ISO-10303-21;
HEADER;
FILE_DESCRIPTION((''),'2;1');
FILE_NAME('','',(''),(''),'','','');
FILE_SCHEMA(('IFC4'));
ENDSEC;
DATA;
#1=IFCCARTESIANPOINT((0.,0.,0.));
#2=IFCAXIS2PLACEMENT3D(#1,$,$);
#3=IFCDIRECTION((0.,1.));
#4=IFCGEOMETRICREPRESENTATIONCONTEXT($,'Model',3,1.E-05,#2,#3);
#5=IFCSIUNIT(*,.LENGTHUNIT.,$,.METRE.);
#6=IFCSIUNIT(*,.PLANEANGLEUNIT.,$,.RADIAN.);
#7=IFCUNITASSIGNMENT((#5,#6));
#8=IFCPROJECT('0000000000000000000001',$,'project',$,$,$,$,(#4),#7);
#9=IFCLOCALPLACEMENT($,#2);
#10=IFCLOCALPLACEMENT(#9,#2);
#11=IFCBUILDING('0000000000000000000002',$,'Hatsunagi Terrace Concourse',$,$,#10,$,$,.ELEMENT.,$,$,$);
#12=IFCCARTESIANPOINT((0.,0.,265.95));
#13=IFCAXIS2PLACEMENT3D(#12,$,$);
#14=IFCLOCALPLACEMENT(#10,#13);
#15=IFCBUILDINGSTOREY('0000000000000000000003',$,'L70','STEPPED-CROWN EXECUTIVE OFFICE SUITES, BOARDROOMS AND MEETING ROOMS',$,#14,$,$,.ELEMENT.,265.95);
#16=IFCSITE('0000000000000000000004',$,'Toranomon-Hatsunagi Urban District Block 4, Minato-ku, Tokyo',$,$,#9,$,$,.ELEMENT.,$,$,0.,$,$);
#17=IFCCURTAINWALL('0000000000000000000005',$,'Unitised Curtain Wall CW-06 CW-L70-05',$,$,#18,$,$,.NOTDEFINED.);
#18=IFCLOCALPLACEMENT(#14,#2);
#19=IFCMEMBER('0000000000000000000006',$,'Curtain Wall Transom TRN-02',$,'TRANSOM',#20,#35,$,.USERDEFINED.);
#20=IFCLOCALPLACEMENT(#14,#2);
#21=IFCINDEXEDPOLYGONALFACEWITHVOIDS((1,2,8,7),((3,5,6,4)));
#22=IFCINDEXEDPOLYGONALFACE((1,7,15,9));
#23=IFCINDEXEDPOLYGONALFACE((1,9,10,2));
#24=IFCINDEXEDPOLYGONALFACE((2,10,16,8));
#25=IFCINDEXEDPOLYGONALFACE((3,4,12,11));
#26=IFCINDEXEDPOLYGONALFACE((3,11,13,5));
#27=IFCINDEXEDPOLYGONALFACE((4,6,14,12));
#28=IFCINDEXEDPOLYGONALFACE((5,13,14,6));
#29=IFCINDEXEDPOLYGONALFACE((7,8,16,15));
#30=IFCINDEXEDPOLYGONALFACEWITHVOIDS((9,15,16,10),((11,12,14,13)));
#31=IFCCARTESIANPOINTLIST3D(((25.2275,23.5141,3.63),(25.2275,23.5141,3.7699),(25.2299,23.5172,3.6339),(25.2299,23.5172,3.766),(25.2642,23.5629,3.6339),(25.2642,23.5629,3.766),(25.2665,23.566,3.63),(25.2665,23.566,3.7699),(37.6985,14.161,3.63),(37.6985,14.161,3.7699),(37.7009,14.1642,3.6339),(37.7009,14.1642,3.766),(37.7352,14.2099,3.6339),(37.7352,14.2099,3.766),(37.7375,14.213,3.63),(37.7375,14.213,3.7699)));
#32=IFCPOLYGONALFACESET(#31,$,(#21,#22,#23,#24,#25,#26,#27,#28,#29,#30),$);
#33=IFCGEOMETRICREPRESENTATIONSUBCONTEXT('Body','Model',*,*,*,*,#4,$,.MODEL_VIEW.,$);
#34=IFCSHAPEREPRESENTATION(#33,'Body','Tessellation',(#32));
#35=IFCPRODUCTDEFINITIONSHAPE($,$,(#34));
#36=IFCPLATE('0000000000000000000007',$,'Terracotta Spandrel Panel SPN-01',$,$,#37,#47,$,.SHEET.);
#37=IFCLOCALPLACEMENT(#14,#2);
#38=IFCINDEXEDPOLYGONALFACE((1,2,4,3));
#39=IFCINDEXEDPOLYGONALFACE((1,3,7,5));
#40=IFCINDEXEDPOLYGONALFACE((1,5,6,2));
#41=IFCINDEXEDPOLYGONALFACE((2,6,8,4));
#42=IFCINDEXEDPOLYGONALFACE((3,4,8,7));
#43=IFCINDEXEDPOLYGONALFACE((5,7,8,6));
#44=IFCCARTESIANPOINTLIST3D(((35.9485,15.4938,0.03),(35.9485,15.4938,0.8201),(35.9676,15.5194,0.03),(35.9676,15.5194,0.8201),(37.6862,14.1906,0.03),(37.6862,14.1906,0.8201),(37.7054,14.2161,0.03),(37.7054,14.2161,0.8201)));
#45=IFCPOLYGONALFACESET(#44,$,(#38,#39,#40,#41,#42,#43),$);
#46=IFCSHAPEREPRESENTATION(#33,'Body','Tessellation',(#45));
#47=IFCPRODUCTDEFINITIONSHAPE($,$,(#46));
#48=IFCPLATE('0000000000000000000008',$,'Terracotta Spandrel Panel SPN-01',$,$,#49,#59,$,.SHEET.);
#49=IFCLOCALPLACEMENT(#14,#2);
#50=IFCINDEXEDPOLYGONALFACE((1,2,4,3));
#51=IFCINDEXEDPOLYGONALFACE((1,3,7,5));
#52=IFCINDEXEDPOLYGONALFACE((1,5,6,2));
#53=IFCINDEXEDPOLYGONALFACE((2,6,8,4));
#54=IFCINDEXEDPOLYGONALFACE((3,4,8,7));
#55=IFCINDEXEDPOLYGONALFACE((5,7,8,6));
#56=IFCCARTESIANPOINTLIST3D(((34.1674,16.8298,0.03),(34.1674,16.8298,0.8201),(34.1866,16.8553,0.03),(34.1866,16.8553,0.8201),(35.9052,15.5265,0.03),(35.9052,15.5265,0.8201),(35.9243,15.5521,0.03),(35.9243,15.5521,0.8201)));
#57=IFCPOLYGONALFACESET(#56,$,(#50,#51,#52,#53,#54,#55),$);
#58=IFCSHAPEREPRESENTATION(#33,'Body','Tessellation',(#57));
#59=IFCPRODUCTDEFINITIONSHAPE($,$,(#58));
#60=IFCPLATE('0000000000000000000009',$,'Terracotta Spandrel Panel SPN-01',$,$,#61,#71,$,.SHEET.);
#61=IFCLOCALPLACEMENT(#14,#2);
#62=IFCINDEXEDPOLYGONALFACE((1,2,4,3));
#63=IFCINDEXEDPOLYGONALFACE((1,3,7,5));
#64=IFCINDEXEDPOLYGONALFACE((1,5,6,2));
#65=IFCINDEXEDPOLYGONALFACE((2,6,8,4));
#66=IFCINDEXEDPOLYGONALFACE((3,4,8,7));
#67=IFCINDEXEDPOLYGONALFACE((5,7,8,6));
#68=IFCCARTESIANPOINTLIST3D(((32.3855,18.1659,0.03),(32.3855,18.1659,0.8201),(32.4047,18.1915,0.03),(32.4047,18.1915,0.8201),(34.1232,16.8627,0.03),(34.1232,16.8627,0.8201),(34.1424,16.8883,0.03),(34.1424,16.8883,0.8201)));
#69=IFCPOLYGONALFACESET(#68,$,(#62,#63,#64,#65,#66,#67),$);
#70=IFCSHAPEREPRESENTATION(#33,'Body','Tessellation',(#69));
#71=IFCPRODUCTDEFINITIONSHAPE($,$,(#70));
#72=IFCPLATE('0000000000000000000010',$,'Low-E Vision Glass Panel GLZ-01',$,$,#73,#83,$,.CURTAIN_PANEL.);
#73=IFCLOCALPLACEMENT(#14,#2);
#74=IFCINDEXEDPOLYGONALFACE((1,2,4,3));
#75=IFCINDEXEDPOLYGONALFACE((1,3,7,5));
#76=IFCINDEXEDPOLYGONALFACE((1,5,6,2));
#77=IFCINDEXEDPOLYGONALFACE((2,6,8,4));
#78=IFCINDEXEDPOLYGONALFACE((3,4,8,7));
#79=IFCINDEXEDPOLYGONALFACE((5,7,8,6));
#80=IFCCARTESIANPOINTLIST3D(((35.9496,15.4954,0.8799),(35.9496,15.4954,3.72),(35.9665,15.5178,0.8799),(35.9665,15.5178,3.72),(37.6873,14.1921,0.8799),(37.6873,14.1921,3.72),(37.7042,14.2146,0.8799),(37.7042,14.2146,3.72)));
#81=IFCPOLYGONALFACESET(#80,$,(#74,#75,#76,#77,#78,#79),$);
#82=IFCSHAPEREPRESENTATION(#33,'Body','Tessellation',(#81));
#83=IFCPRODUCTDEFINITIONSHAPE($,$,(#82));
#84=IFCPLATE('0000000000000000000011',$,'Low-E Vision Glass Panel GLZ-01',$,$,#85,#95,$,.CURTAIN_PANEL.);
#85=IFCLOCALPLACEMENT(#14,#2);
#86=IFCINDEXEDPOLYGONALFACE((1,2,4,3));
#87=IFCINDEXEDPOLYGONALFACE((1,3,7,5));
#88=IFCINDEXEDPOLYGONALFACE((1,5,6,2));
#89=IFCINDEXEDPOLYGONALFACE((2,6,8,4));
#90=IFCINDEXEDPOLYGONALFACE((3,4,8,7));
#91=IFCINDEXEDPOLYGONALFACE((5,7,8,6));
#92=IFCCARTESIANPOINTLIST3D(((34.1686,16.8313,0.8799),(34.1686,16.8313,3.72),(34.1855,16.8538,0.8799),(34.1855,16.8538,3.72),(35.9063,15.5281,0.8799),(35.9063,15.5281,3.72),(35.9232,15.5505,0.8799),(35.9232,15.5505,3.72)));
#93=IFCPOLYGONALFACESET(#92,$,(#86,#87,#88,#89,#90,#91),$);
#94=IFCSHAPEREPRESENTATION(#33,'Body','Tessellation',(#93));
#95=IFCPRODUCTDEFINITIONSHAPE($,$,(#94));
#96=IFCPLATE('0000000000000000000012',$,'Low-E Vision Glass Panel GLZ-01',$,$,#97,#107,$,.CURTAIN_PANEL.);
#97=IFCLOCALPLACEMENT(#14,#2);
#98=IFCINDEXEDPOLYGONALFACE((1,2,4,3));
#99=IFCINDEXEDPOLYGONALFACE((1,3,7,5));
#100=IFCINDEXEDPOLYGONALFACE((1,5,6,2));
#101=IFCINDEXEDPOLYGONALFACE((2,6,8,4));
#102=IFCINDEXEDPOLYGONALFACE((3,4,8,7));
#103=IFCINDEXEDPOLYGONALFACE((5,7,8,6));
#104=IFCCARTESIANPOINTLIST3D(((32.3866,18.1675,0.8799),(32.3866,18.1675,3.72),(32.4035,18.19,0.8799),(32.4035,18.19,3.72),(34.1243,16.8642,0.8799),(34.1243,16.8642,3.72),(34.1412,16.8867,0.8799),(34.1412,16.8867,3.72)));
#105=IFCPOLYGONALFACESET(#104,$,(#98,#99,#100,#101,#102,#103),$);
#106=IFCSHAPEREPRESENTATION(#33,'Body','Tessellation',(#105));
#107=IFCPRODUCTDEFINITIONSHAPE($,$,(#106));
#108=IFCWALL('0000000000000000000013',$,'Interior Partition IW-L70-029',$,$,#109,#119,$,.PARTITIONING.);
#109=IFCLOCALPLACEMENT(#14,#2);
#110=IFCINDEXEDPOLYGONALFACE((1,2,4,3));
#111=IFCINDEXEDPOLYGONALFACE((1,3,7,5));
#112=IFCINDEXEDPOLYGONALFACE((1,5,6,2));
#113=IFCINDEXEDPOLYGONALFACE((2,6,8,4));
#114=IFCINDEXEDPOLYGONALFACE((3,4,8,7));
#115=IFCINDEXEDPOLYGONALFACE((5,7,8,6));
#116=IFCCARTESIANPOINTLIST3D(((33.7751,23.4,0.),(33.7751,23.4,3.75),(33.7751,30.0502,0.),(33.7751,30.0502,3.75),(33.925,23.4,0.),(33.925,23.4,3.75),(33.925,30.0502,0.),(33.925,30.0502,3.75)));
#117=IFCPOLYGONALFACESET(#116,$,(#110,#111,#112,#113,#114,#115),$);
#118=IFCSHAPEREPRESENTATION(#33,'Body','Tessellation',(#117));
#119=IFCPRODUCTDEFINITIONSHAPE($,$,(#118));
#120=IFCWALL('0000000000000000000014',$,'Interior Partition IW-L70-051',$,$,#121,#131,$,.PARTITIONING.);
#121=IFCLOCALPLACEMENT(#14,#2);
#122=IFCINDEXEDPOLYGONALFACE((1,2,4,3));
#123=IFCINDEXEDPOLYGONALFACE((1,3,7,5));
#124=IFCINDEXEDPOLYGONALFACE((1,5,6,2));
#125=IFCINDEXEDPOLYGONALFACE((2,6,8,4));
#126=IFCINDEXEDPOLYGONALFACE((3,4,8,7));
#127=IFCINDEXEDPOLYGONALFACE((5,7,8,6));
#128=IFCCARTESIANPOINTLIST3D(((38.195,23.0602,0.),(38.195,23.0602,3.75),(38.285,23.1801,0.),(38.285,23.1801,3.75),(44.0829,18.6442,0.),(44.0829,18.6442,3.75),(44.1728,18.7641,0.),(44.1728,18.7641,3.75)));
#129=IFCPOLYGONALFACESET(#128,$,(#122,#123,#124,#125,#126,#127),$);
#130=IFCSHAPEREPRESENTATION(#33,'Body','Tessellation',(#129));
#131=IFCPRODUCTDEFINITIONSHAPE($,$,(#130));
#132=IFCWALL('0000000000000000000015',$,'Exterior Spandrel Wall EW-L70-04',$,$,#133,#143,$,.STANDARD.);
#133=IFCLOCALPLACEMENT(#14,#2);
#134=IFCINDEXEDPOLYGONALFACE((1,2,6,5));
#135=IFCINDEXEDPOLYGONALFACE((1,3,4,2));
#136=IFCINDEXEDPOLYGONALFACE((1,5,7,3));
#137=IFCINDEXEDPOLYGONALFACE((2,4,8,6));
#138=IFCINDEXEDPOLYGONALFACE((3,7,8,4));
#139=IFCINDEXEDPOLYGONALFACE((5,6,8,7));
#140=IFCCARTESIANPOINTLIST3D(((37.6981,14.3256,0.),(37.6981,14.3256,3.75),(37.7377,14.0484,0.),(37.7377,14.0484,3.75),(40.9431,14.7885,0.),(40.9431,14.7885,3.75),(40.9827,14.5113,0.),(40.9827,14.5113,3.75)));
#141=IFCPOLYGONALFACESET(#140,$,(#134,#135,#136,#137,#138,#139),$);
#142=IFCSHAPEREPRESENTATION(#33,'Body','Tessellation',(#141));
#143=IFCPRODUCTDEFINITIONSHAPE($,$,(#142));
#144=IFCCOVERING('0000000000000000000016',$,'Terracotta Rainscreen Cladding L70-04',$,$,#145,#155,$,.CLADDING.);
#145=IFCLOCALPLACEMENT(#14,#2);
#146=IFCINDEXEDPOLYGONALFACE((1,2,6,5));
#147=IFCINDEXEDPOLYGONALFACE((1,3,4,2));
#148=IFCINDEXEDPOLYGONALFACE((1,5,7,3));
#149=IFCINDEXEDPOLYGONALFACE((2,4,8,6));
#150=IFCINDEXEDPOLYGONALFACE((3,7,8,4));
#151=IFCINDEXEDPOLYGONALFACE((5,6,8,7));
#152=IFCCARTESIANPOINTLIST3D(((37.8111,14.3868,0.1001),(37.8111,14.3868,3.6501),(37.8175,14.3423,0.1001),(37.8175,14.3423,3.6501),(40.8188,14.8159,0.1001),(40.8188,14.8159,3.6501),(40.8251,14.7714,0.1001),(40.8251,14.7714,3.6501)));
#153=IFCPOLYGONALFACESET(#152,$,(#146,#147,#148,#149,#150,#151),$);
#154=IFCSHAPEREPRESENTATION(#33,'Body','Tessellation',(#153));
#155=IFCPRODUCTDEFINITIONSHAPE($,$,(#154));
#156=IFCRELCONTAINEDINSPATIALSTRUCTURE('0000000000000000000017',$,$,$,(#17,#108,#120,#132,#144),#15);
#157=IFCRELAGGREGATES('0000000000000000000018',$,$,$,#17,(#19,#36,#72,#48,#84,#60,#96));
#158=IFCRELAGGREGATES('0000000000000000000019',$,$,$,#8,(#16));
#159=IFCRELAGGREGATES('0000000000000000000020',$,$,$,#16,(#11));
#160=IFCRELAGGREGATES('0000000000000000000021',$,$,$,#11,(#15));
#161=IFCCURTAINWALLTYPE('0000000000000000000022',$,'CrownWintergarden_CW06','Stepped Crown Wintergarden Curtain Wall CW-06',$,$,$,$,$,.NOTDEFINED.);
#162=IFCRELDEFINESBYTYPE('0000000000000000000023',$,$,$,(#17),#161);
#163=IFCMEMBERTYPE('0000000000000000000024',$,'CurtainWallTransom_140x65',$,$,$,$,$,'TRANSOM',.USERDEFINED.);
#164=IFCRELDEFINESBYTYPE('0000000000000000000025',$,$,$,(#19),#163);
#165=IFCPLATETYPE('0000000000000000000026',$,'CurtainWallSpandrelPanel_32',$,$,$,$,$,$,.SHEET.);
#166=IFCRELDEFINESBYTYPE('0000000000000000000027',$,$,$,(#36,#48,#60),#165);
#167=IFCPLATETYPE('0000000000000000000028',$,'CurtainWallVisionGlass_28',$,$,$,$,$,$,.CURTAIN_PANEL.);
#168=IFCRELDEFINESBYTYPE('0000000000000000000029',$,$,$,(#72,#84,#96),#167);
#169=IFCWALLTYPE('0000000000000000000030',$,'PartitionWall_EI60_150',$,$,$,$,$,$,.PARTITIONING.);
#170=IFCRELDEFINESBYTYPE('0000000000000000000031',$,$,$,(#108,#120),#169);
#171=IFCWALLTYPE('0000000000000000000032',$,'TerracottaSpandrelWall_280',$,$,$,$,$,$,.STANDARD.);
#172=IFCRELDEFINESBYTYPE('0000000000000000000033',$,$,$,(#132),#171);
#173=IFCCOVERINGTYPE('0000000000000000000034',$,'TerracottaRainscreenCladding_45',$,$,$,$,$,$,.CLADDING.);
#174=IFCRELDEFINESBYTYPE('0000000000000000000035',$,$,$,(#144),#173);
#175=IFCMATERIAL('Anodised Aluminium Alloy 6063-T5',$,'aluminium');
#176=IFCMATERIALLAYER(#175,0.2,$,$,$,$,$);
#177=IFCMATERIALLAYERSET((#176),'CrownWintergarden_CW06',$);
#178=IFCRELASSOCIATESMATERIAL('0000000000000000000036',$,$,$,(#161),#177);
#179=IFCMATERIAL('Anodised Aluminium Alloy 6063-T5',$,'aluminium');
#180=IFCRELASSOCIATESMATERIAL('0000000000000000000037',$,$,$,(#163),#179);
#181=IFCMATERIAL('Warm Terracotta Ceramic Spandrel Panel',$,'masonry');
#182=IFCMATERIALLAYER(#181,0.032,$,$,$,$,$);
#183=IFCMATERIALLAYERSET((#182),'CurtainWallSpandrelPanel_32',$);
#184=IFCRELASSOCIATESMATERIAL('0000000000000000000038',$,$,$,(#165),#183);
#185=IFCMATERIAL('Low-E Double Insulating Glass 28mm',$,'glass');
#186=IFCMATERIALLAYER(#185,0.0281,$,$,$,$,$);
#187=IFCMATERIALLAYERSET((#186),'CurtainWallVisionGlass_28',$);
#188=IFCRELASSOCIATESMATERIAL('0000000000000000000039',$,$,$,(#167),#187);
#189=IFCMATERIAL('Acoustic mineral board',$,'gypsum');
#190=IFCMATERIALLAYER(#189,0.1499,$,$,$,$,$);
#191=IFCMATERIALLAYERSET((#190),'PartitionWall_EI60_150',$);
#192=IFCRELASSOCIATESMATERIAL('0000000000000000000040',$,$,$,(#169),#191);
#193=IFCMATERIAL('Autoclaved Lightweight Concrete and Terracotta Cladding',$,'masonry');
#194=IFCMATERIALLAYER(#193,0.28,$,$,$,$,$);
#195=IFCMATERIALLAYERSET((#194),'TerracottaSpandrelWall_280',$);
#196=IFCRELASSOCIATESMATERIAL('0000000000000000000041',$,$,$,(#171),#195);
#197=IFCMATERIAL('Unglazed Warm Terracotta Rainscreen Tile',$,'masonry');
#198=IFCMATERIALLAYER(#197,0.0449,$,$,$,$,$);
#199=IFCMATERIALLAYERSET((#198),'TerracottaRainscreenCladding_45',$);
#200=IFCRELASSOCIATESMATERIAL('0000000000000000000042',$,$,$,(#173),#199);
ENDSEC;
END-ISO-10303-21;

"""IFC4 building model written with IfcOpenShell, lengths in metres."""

from ifc_helpers import new_model, si_unit, direction, frame, frame_2d, origin, origin_2d, place, context, subcontext, project, spatial, rectangle, hollow_rectangle, extrude, material, layer, layer_set, material_profile, profile_set, type_object, element, aggregate, save


model = new_model("IFC4")

# Units and contexts
model_context = context("Model", 3, precision=1e-05, world=origin(), true_north=direction((0.0, 1.0)))
body_context = subcontext(model_context, "Body", "Model", "MODEL_VIEW")
ifc_project = project(units=[si_unit("LENGTHUNIT", "METRE"), si_unit("PLANEANGLEUNIT", "RADIAN")], contexts=[model_context])

# Site, building, storey
site_placement = place(None, origin())
site = spatial("IfcSite", under=ifc_project, at=site_placement, Name="Toranomon-Hatsunagi Urban District Block 4, Minato-ku, Tokyo", CompositionType="ELEMENT", RefElevation=0.0)
building_placement = place(site_placement, origin())
building = spatial("IfcBuilding", under=site, at=building_placement, Name="Hatsunagi Terrace Concourse", CompositionType="ELEMENT")
storey_placement = place(building_placement, frame((0.0, 0.0, 265.95)))
storey = spatial("IfcBuildingStorey", under=building, at=storey_placement, Name="L70", Description="STEPPED-CROWN EXECUTIVE OFFICE SUITES, BOARDROOMS AND MEETING ROOMS", CompositionType="ELEMENT", Elevation=265.95)

# Shared definitions
ifc_material_1 = material(Name="Anodised Aluminium Alloy 6063-T5", Category="aluminium")
ifc_layer_1 = layer(ifc_material_1, 0.2)
ifc_layer_set_1 = layer_set([ifc_layer_1], Name="CrownWintergarden_CW06")
curtain_wall_type = type_object("IfcCurtainWallType", Name="CrownWintergarden_CW06", Description="Stepped Crown Wintergarden Curtain Wall CW-06", PredefinedType="NOTDEFINED", material=ifc_layer_set_1)

# Curtain wall, member, plates
curtain_wall_1_placement = place(storey_placement, origin())
curtain_wall_1 = element("IfcCurtainWall", 1, at=curtain_wall_1_placement, inside=storey, type_object=curtain_wall_type, Name="Unitised Curtain Wall CW-06 CW-L70-05", PredefinedType="NOTDEFINED")
ifc_material_2 = material(Name="Anodised Aluminium Alloy 6063-T5", Category="aluminium")
ifc_material_profile_1 = material_profile(ifc_material_2, hollow_rectangle(XDim=0.0649, YDim=0.1399, WallThickness=0.0039, at=origin_2d()), Name="ALU-TRN-140x65x4")
ifc_profile_set_1 = profile_set([ifc_material_profile_1], Name="Anodised Aluminium Alloy 6063-T5")
member_type_1 = type_object("IfcMemberType", Name="CurtainWallTransom_140x65", ElementType="TRANSOM", PredefinedType="USERDEFINED", material=ifc_profile_set_1)
member_1_placement = place(storey_placement, frame((37.718, 14.187, 3.7), z_axis=(-0.800006, 0.599992, 0.0), x_axis=(-0.599992, -0.800006, 0.0)))
member_1 = element("IfcMember", 2, at=member_1_placement, type_object=member_type_1, Name="Curtain Wall Transom TRN-02", ObjectType="TRANSOM", PredefinedType="USERDEFINED", context=body_context, shape_type="SweptSolid", body=[
    extrude(hollow_rectangle(XDim=0.0649, YDim=0.1399, WallThickness=0.0039, at=origin_2d()), origin(), (0.0, 0.0, 1.0), 15.5886),
])
ifc_material_3 = material(Name="Warm Terracotta Ceramic Spandrel Panel", Category="masonry")
ifc_layer_2 = layer(ifc_material_3, 0.032)
ifc_layer_set_2 = layer_set([ifc_layer_2], Name="CurtainWallSpandrelPanel_32")
plate_type_1 = type_object("IfcPlateType", Name="CurtainWallSpandrelPanel_32", PredefinedType="SHEET", material=ifc_layer_set_2)
plate_1_placement = place(storey_placement, frame((36.8269, 14.855, 0.03), z_axis=(0.0, 0.0, 1.0), x_axis=(-0.800007, 0.59999, 0.0)))
plate_1 = element("IfcPlate", 3, at=plate_1_placement, type_object=plate_type_1, Name="Terracotta Spandrel Panel SPN-01", PredefinedType="SHEET", context=body_context, shape_type="SweptSolid", body=[
    extrude(rectangle(XDim=2.1721, YDim=0.032, at=origin_2d()), origin(), (0.0, 0.0, 1.0), 0.79),
])
plate_2_placement = place(storey_placement, frame((35.0459, 16.1909, 0.03), z_axis=(0.0, 0.0, 1.0), x_axis=(-0.800007, 0.59999, 0.0)))
plate_2 = element("IfcPlate", 4, at=plate_2_placement, type_object=plate_type_1, Name="Terracotta Spandrel Panel SPN-01", PredefinedType="SHEET", context=body_context, shape_type="SweptSolid", body=[
    extrude(rectangle(XDim=2.1721, YDim=0.032, at=origin_2d()), origin(), (0.0, 0.0, 1.0), 0.79),
])
plate_3_placement = place(storey_placement, frame((33.2639, 17.5271, 0.03), z_axis=(0.0, 0.0, 1.0), x_axis=(-0.800007, 0.59999, 0.0)))
plate_3 = element("IfcPlate", 5, at=plate_3_placement, type_object=plate_type_1, Name="Terracotta Spandrel Panel SPN-01", PredefinedType="SHEET", context=body_context, shape_type="SweptSolid", body=[
    extrude(rectangle(XDim=2.1721, YDim=0.032, at=origin_2d()), origin(), (0.0, 0.0, 1.0), 0.79),
])
ifc_material_4 = material(Name="Low-E Double Insulating Glass 28mm", Category="glass")
ifc_layer_3 = layer(ifc_material_4, 0.0281)
ifc_layer_set_3 = layer_set([ifc_layer_3], Name="CurtainWallVisionGlass_28")
plate_type_2 = type_object("IfcPlateType", Name="CurtainWallVisionGlass_28", PredefinedType="CURTAIN_PANEL", material=ifc_layer_set_3)
plate_4_placement = place(storey_placement, frame((36.8269, 14.855, 0.8799), z_axis=(0.0, 0.0, 1.0), x_axis=(-0.800007, 0.59999, 0.0)))
plate_4 = element("IfcPlate", 6, at=plate_4_placement, type_object=plate_type_2, Name="Low-E Vision Glass Panel GLZ-01", PredefinedType="CURTAIN_PANEL", context=body_context, shape_type="SweptSolid", body=[
    extrude(rectangle(XDim=2.1721, YDim=0.0281, at=origin_2d()), origin(), (0.0, 0.0, 1.0), 2.8401),
])
plate_5_placement = place(storey_placement, frame((35.0459, 16.1909, 0.8799), z_axis=(0.0, 0.0, 1.0), x_axis=(-0.800007, 0.59999, 0.0)))
plate_5 = element("IfcPlate", 7, at=plate_5_placement, type_object=plate_type_2, Name="Low-E Vision Glass Panel GLZ-01", PredefinedType="CURTAIN_PANEL", context=body_context, shape_type="SweptSolid", body=[
    extrude(rectangle(XDim=2.1721, YDim=0.0281, at=origin_2d()), origin(), (0.0, 0.0, 1.0), 2.8401),
])
plate_6_placement = place(storey_placement, frame((33.2639, 17.5271, 0.8799), z_axis=(0.0, 0.0, 1.0), x_axis=(-0.800007, 0.59999, 0.0)))
plate_6 = element("IfcPlate", 8, at=plate_6_placement, type_object=plate_type_2, Name="Low-E Vision Glass Panel GLZ-01", PredefinedType="CURTAIN_PANEL", context=body_context, shape_type="SweptSolid", body=[
    extrude(rectangle(XDim=2.1721, YDim=0.0281, at=origin_2d()), origin(), (0.0, 0.0, 1.0), 2.8401),
])
aggregate(curtain_wall_1, [member_1, plate_1, plate_4, plate_2, plate_5, plate_3, plate_6])

# Walls
ifc_material_5 = material(Name="Acoustic mineral board", Category="gypsum")
ifc_layer_4 = layer(ifc_material_5, 0.1499)
ifc_layer_set_4 = layer_set([ifc_layer_4], Name="PartitionWall_EI60_150")
wall_type_1 = type_object("IfcWallType", Name="PartitionWall_EI60_150", PredefinedType="PARTITIONING", material=ifc_layer_set_4)
wall_1_placement = place(storey_placement, frame((33.8501, 23.3999, 0.0), z_axis=(0.0, 0.0, 1.0), x_axis=(0.0, 1.0, 0.0)))
element("IfcWall", 9, at=wall_1_placement, inside=storey, type_object=wall_type_1, Name="Interior Partition IW-L70-029", PredefinedType="PARTITIONING", context=body_context, shape_type="SweptSolid", body=[
    extrude(rectangle(XDim=6.6501, YDim=0.1499, at=frame_2d((3.3252, 0.0))), origin(), (0.0, 0.0, 1.0), 3.75),
])
wall_2_placement = place(storey_placement, frame((38.24, 23.1201, 0.0), z_axis=(0.0, 0.0, 1.0), x_axis=(0.799996, -0.600005, 0.0)))
element("IfcWall", 10, at=wall_2_placement, inside=storey, type_object=wall_type_1, Name="Interior Partition IW-L70-051", PredefinedType="PARTITIONING", context=body_context, shape_type="SweptSolid", body=[
    extrude(rectangle(XDim=7.3599, YDim=0.1499, at=frame_2d((3.6799, 0.0))), origin(), (0.0, 0.0, 1.0), 3.75),
])
ifc_material_6 = material(Name="Autoclaved Lightweight Concrete and Terracotta Cladding", Category="masonry")
ifc_layer_5 = layer(ifc_material_6, 0.28)
ifc_layer_set_5 = layer_set([ifc_layer_5], Name="TerracottaSpandrelWall_280")
wall_type_2 = type_object("IfcWallType", Name="TerracottaSpandrelWall_280", PredefinedType="STANDARD", material=ifc_layer_set_5)
wall_3_placement = place(storey_placement, frame((40.9629, 14.6499, 0.0), z_axis=(0.0, 0.0, 1.0), x_axis=(-0.989978, -0.141223, 0.0)))
element("IfcWall", 11, at=wall_3_placement, inside=storey, type_object=wall_type_2, Name="Exterior Spandrel Wall EW-L70-04", PredefinedType="STANDARD", context=body_context, shape_type="SweptSolid", body=[
    extrude(rectangle(XDim=3.2778, YDim=0.28, at=frame_2d((1.6389, 0.0))), origin(), (0.0, 0.0, 1.0), 3.75),
])

# Covering
ifc_material_7 = material(Name="Unglazed Warm Terracotta Rainscreen Tile", Category="masonry")
ifc_layer_6 = layer(ifc_material_7, 0.0449)
ifc_layer_set_6 = layer_set([ifc_layer_6], Name="TerracottaRainscreenCladding_45")
covering_type = type_object("IfcCoveringType", Name="TerracottaRainscreenCladding_45", PredefinedType="CLADDING", material=ifc_layer_set_6)
covering_placement = place(storey_placement, frame((39.3181, 14.5791, 0.1001), z_axis=(0.0, 0.0, 1.0), x_axis=(-0.989974, -0.14125, 0.0)))
element("IfcCovering", 12, at=covering_placement, inside=storey, type_object=covering_type, Name="Terracotta Rainscreen Cladding L70-04", PredefinedType="CLADDING", context=body_context, shape_type="SweptSolid", body=[
    extrude(rectangle(XDim=3.0381, YDim=0.0449, at=origin_2d()), origin(), (0.0, 0.0, 1.0), 3.55),
])

save(model, "model.ifc")
